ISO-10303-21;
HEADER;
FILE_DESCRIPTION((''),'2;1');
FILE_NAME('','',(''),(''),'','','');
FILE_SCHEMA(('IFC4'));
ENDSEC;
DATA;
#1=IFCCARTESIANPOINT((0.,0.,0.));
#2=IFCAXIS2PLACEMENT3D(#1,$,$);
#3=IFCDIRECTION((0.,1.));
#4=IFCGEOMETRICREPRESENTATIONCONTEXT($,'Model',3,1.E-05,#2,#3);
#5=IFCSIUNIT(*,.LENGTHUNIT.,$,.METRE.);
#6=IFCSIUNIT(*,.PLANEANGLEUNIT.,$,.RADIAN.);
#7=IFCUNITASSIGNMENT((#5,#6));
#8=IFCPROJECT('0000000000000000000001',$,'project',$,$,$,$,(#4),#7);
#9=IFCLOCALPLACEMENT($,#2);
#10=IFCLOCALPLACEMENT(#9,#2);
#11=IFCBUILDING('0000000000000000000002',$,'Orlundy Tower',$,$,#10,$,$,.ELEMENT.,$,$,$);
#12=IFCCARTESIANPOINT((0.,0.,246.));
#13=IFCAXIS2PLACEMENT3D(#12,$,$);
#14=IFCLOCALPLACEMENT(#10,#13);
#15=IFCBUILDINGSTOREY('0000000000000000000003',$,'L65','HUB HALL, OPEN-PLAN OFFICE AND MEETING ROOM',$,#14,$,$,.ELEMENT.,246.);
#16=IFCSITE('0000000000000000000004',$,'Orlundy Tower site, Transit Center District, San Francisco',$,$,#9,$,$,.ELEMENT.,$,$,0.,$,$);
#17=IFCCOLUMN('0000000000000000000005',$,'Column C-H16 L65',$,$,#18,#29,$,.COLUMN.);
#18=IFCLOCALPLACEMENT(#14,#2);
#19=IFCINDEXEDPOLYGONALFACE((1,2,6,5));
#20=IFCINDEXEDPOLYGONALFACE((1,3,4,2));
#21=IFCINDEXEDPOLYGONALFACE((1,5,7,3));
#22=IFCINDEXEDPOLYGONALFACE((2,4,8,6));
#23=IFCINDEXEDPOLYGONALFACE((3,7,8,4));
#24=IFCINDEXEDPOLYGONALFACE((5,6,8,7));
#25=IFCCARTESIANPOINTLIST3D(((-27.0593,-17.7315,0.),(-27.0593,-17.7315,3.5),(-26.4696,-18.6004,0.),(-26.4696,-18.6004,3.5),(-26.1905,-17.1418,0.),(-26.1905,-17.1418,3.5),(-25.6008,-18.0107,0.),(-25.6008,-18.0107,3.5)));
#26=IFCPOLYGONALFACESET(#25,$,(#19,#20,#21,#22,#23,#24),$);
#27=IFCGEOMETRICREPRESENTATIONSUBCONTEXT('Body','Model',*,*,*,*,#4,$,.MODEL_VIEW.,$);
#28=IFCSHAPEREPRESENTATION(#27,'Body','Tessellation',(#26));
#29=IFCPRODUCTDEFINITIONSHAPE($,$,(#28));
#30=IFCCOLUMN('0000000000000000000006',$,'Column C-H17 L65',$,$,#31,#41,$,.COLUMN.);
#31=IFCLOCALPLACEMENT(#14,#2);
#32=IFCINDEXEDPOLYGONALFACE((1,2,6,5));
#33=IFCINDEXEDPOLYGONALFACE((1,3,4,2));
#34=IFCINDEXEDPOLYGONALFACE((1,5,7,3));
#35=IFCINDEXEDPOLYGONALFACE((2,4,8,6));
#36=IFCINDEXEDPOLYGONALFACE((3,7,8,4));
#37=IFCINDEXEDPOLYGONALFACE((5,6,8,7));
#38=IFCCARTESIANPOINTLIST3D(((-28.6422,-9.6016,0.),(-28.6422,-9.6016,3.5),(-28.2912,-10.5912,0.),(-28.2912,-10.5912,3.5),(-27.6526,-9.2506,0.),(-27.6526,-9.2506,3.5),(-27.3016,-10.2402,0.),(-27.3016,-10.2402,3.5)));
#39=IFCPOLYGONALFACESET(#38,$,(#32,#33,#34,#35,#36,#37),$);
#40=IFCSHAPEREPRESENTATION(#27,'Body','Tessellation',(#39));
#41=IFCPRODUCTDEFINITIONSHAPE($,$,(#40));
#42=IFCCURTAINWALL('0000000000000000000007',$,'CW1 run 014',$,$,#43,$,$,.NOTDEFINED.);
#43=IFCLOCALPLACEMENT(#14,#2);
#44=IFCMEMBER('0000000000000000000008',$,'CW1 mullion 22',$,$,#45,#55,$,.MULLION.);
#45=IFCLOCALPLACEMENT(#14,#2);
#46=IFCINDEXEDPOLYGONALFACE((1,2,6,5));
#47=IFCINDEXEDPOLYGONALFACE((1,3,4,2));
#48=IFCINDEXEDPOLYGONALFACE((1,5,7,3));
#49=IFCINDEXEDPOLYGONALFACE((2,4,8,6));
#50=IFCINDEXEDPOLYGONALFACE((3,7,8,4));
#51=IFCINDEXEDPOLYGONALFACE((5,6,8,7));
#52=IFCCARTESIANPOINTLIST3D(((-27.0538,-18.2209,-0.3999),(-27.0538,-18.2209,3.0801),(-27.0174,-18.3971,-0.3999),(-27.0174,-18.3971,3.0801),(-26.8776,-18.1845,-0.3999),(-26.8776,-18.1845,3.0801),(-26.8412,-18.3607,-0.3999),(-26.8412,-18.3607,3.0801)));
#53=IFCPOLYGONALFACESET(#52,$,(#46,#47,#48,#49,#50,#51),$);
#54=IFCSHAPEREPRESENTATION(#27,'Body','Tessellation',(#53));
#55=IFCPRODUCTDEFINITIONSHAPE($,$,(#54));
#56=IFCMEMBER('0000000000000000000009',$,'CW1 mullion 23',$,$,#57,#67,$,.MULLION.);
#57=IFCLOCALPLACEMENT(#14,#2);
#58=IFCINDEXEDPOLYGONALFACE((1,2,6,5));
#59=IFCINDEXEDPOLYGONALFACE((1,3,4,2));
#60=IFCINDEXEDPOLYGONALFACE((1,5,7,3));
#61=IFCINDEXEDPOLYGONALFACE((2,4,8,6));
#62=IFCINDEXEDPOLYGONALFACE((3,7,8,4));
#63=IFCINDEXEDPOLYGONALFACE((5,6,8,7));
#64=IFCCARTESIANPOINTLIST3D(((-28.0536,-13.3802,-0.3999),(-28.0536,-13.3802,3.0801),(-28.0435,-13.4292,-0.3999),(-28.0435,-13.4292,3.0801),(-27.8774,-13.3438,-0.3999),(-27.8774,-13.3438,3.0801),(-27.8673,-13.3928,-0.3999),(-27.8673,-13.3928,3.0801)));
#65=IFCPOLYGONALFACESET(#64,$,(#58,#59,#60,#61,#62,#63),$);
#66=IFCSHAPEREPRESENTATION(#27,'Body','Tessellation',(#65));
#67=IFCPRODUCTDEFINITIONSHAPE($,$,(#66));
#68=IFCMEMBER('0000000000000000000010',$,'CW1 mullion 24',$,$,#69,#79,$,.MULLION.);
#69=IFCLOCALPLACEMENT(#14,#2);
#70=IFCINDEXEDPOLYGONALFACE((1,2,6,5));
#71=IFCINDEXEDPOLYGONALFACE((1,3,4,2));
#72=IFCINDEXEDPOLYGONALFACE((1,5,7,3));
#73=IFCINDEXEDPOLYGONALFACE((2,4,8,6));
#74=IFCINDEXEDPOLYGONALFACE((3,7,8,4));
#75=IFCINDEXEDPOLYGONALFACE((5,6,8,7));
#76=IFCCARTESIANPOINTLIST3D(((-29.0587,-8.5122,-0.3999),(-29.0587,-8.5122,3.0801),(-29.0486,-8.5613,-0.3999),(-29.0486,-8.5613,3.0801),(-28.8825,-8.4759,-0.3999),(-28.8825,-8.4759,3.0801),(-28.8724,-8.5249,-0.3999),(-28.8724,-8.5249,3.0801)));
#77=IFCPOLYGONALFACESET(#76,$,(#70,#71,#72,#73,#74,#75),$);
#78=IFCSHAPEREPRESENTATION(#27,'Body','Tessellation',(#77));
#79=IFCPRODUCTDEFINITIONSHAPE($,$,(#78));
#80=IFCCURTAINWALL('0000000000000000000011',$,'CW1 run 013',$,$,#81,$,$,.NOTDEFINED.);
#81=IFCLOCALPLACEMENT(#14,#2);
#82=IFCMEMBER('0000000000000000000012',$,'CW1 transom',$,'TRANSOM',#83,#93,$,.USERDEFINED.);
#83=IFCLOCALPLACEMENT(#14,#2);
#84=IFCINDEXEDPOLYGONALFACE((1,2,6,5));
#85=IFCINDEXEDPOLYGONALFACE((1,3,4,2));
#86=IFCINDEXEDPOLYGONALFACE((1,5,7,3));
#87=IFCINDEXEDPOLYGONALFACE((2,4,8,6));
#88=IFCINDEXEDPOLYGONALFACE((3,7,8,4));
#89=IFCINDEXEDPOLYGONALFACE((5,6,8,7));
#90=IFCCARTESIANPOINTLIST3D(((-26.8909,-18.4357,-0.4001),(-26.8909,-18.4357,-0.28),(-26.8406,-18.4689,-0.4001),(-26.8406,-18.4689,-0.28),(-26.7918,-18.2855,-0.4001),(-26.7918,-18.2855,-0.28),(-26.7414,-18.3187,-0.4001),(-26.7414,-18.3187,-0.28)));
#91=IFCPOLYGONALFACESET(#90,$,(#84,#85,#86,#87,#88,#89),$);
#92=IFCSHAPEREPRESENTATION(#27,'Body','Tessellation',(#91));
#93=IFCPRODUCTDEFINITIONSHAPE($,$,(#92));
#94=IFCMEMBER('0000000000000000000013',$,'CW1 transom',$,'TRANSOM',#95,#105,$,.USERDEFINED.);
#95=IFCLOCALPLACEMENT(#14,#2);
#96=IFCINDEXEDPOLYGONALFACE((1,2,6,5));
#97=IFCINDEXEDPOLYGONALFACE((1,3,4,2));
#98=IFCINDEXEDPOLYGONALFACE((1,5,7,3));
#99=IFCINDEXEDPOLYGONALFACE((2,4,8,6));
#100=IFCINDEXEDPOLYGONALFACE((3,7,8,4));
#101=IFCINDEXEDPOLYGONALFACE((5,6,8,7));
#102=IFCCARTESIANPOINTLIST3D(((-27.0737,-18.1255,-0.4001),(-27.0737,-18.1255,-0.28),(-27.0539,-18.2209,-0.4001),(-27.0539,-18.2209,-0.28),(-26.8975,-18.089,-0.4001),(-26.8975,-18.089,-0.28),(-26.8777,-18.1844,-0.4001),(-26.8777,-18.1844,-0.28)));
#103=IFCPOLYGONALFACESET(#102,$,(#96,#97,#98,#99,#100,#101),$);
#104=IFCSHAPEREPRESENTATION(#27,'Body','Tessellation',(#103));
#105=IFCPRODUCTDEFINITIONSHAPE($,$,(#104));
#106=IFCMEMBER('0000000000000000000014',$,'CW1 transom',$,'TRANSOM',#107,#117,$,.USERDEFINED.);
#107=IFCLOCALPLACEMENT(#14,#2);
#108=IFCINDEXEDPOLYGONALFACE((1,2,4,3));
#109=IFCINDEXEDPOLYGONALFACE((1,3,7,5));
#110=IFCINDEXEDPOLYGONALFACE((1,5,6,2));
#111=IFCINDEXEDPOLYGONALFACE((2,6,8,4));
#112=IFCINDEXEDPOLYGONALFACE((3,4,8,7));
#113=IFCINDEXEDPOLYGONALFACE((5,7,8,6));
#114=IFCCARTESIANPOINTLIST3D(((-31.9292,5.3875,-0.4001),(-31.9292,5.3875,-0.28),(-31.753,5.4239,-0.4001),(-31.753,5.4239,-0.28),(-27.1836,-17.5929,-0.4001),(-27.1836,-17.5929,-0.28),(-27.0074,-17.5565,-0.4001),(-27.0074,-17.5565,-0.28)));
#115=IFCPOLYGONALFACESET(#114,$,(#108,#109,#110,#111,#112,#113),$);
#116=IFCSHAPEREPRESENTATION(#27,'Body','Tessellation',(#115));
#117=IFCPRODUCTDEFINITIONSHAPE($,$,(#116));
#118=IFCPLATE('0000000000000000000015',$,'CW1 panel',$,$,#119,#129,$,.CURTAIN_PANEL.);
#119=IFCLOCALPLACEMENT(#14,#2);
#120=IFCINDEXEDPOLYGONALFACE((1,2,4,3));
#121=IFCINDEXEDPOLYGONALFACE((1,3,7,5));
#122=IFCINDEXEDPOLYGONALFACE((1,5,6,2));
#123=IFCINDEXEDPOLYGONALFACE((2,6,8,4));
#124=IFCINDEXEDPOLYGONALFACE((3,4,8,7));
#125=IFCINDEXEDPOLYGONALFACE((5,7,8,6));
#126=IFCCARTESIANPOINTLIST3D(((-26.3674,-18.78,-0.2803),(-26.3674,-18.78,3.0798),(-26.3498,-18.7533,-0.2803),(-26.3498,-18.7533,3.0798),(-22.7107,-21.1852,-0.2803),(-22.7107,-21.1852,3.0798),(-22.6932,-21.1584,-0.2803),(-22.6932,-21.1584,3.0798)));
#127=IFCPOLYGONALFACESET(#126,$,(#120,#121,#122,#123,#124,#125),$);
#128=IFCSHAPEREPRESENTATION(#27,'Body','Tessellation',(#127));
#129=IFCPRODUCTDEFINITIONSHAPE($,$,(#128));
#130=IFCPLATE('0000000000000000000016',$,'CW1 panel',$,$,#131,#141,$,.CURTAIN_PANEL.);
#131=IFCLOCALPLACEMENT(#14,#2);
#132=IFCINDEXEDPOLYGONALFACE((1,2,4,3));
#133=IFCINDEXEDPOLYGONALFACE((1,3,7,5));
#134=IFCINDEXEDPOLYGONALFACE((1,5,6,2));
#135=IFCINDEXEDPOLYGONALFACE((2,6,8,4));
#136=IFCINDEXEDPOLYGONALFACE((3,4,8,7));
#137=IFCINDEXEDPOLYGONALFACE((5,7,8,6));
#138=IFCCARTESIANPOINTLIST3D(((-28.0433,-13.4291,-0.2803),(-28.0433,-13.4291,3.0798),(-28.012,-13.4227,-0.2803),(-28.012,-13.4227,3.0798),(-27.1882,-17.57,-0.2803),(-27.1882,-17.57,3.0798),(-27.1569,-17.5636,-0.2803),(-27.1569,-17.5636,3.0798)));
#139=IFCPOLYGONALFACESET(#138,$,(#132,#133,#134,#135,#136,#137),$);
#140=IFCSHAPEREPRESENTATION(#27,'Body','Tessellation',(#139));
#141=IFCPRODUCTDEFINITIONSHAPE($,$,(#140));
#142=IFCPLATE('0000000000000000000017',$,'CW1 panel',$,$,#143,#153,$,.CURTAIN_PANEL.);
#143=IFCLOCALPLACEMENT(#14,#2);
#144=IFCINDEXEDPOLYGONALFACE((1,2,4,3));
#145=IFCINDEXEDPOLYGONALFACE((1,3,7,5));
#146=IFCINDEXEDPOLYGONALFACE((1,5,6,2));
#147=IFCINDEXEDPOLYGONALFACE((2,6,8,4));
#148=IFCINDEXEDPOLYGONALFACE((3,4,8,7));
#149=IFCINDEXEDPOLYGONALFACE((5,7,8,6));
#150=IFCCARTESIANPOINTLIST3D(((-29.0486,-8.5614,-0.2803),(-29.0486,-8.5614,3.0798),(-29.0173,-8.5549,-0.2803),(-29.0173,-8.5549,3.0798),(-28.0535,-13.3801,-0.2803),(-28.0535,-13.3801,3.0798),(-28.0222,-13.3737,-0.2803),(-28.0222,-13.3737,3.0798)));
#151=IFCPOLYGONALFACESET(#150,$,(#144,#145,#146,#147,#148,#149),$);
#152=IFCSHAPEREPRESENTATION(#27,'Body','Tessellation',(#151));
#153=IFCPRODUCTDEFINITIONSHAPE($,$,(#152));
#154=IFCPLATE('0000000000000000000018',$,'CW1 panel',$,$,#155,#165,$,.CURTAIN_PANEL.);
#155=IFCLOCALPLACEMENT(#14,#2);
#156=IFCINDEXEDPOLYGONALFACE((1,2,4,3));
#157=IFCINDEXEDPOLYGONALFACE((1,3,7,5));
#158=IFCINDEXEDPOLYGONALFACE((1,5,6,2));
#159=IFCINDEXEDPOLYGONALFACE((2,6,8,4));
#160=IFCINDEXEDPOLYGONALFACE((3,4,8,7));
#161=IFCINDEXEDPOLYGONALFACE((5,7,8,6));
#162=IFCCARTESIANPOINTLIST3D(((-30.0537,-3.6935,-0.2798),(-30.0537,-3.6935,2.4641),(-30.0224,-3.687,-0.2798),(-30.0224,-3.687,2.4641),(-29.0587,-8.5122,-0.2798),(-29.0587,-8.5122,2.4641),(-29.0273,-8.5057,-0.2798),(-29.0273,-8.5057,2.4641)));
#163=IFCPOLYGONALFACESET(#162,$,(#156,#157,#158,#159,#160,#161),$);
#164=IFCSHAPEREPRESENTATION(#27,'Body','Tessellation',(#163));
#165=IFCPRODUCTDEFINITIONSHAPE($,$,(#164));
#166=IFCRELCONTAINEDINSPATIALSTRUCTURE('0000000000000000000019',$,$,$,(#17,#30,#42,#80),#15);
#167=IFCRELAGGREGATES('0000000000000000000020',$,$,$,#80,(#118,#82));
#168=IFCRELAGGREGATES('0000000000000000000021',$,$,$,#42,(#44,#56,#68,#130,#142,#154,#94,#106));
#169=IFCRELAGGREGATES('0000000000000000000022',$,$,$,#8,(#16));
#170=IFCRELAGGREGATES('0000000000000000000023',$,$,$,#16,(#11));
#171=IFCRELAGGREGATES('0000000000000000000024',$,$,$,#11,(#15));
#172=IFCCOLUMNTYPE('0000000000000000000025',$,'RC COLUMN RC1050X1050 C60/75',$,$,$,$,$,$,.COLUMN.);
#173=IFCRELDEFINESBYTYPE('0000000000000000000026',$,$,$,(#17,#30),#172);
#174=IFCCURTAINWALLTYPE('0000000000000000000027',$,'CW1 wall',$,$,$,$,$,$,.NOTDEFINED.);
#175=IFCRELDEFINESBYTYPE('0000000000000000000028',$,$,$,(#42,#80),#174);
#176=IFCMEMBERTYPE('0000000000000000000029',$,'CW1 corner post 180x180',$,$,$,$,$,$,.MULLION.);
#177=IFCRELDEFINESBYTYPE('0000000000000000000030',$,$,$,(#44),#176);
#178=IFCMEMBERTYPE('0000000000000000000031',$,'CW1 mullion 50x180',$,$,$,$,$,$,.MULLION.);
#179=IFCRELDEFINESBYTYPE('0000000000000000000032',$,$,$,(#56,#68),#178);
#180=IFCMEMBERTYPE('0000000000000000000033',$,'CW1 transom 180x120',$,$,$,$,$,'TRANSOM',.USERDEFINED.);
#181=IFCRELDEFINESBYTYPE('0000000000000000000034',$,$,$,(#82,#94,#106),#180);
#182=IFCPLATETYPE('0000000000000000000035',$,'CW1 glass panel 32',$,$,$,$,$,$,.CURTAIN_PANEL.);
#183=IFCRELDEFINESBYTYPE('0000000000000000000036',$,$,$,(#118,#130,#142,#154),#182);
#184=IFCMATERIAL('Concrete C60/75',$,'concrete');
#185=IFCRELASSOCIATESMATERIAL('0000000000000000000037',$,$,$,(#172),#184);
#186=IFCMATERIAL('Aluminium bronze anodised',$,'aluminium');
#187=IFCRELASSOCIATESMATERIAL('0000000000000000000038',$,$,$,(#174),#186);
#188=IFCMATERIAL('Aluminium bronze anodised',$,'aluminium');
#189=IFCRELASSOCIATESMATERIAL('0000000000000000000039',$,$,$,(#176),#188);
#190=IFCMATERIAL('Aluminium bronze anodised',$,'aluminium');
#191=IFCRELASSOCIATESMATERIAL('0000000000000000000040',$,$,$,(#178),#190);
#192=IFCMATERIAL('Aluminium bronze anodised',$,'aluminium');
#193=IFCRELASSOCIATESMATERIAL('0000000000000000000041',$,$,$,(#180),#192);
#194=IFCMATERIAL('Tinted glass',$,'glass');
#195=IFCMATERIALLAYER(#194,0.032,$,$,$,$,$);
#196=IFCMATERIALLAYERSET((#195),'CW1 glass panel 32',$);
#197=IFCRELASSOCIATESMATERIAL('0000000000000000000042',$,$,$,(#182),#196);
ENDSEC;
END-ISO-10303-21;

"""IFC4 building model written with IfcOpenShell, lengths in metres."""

from ifc_helpers import new_model, si_unit, direction, frame, origin, origin_2d, place, context, subcontext, project, spatial, rectangle, extrude, material, layer, layer_set, material_profile, profile_set, type_object, element, aggregate, save


model = new_model("IFC4")

# Units and contexts
model_context = context("Model", 3, precision=1e-05, world=origin(), true_north=direction((0.0, 1.0)))
body_context = subcontext(model_context, "Body", "Model", "MODEL_VIEW")
ifc_project = project(units=[si_unit("LENGTHUNIT", "METRE"), si_unit("PLANEANGLEUNIT", "RADIAN")], contexts=[model_context])

# Site, building, storey
site_placement = place(None, origin())
site = spatial("IfcSite", under=ifc_project, at=site_placement, Name="Orlundy Tower site, Transit Center District, San Francisco", CompositionType="ELEMENT", RefElevation=0.0)
building_placement = place(site_placement, origin())
building = spatial("IfcBuilding", under=site, at=building_placement, Name="Orlundy Tower", CompositionType="ELEMENT")
storey_placement = place(building_placement, frame((0.0, 0.0, 246.0)))
storey = spatial("IfcBuildingStorey", under=building, at=storey_placement, Name="L65", Description="HUB HALL, OPEN-PLAN OFFICE AND MEETING ROOM", CompositionType="ELEMENT", Elevation=246.0)

# Columns
ifc_material_1 = material(Name="Concrete C60/75", Category="concrete")
ifc_material_profile_1 = material_profile(ifc_material_1, rectangle(XDim=1.05, YDim=1.05, at=origin_2d()), Name="RC1050X1050")
ifc_profile_set_1 = profile_set([ifc_material_profile_1], Name="Concrete C60/75")
column_type = type_object("IfcColumnType", Name="RC COLUMN RC1050X1050 C60/75", PredefinedType="COLUMN", material=ifc_profile_set_1)
for number, where, z_axis, x_axis, name in (
    (1, (-26.3301, -17.8711, 0.0), (0.0, 0.0, 1.0), (-0.827414, -0.561592, 0.0), "Column C-H16 L65"),
    (2, (-27.9719, -9.9209, 0.0), (0.0, 0.0, 1.0), (-0.942478, -0.334267, 0.0), "Column C-H17 L65"),
):
    element("IfcColumn", number, at=place(storey_placement, frame(where, z_axis=z_axis, x_axis=x_axis)), inside=storey, type_object=column_type, Name=name, PredefinedType="COLUMN", context=body_context, shape_type="SweptSolid", body=[
        extrude(rectangle(XDim=1.05, YDim=1.05, at=origin_2d()), origin(), (0.0, 0.0, 1.0), 3.5),
    ])

# Curtain wall, members
ifc_material_2 = material(Name="Aluminium bronze anodised", Category="aluminium")
curtain_wall_type = type_object("IfcCurtainWallType", Name="CW1 wall", PredefinedType="NOTDEFINED", material=ifc_material_2)
curtain_wall_1_placement = place(storey_placement, origin())
curtain_wall_1 = element("IfcCurtainWall", 3, at=curtain_wall_1_placement, inside=storey, type_object=curtain_wall_type, Name="CW1 run 014", PredefinedType="NOTDEFINED")
ifc_material_3 = material(Name="Aluminium bronze anodised", Category="aluminium")
ifc_material_profile_2 = material_profile(ifc_material_3, rectangle(XDim=0.1799, YDim=0.1799, at=origin_2d()), Name="CW1 corner post 180x180")
ifc_profile_set_2 = profile_set([ifc_material_profile_2], Name="Aluminium bronze anodised")
member_type_1 = type_object("IfcMemberType", Name="CW1 corner post 180x180", PredefinedType="MULLION", material=ifc_profile_set_2)
member_1_placement = place(storey_placement, frame((-26.9475, -18.2908, -0.3999), z_axis=(0.0, 0.0, 1.0), x_axis=(-0.979337, -0.202233, 0.0)))
member_1 = element("IfcMember", 4, at=member_1_placement, type_object=member_type_1, Name="CW1 mullion 22", PredefinedType="MULLION", context=body_context, shape_type="SweptSolid", body=[
    extrude(rectangle(XDim=0.1799, YDim=0.1799, at=origin_2d()), origin(), (0.0, 0.0, 1.0), 3.48),
])
ifc_material_4 = material(Name="Aluminium bronze anodised", Category="aluminium")
ifc_material_profile_3 = material_profile(ifc_material_4, rectangle(XDim=0.1799, YDim=0.05, at=origin_2d()), Name="CW1 mullion 50x180")
ifc_profile_set_3 = profile_set([ifc_material_profile_3], Name="Aluminium bronze anodised")
member_type_2 = type_object("IfcMemberType", Name="CW1 mullion 50x180", PredefinedType="MULLION", material=ifc_profile_set_3)
member_2_placement = place(storey_placement, frame((-27.9604, -13.3865, -0.3999), z_axis=(0.0, 0.0, 1.0), x_axis=(-0.979337, -0.202233, 0.0)))
member_2 = element("IfcMember", 5, at=member_2_placement, type_object=member_type_2, Name="CW1 mullion 23", PredefinedType="MULLION", context=body_context, shape_type="SweptSolid", body=[
    extrude(rectangle(XDim=0.1799, YDim=0.05, at=origin_2d()), origin(), (0.0, 0.0, 1.0), 3.48),
])
member_3_placement = place(storey_placement, frame((-28.9656, -8.5186, -0.3999), z_axis=(0.0, 0.0, 1.0), x_axis=(-0.979337, -0.202233, 0.0)))
member_3 = element("IfcMember", 6, at=member_3_placement, type_object=member_type_2, Name="CW1 mullion 24", PredefinedType="MULLION", context=body_context, shape_type="SweptSolid", body=[
    extrude(rectangle(XDim=0.1799, YDim=0.05, at=origin_2d()), origin(), (0.0, 0.0, 1.0), 3.48),
])

# Curtain wall, member
curtain_wall_2_placement = place(storey_placement, origin())
curtain_wall_2 = element("IfcCurtainWall", 7, at=curtain_wall_2_placement, inside=storey, type_object=curtain_wall_type, Name="CW1 run 013", PredefinedType="NOTDEFINED")
ifc_material_5 = material(Name="Aluminium bronze anodised", Category="aluminium")
ifc_material_profile_4 = material_profile(ifc_material_5, rectangle(XDim=0.1799, YDim=0.1201, at=origin_2d()), Name="CW1 transom 180x120")
ifc_profile_set_4 = profile_set([ifc_material_profile_4], Name="Aluminium bronze anodised")
member_type_3 = type_object("IfcMemberType", Name="CW1 transom 180x120", ElementType="TRANSOM", PredefinedType="USERDEFINED", material=ifc_profile_set_4)
member_4_placement = place(storey_placement, frame((-26.791, -18.3938, -0.3401), z_axis=(-0.834535, 0.550955, 0.0), x_axis=(-0.550955, -0.834535, 0.0)))
member_4 = element("IfcMember", 8, at=member_4_placement, type_object=member_type_3, Name="CW1 transom", ObjectType="TRANSOM", PredefinedType="USERDEFINED", context=body_context, shape_type="SweptSolid", body=[
    extrude(rectangle(XDim=0.1799, YDim=0.1201, at=origin_2d()), origin(), (0.0, 0.0, 1.0), 0.0603),
])

# Members
member_5_placement = place(storey_placement, frame((-26.9658, -18.2026, -0.3401), z_axis=(-0.202854, 0.979209, 0.0), x_axis=(-0.979209, -0.202854, 0.0)))
member_5 = element("IfcMember", 9, at=member_5_placement, type_object=member_type_3, Name="CW1 transom", ObjectType="TRANSOM", PredefinedType="USERDEFINED", context=body_context, shape_type="SweptSolid", body=[
    extrude(rectangle(XDim=0.1799, YDim=0.1201, at=origin_2d()), origin(), (0.0, 0.0, 1.0), 0.0974),
])
member_6_placement = place(storey_placement, frame((-27.0955, -17.5747, -0.3401), z_axis=(-0.202239, 0.979336, 0.0), x_axis=(-0.979336, -0.202239, 0.0)))
member_6 = element("IfcMember", 10, at=member_6_placement, type_object=member_type_3, Name="CW1 transom", ObjectType="TRANSOM", PredefinedType="USERDEFINED", context=body_context, shape_type="SweptSolid", body=[
    extrude(rectangle(XDim=0.1799, YDim=0.1201, at=origin_2d()), origin(), (0.0, 0.0, 1.0), 23.4653),
])

# Plates
ifc_material_6 = material(Name="Tinted glass", Category="glass")
ifc_layer_1 = layer(ifc_material_6, 0.032)
ifc_layer_set_1 = layer_set([ifc_layer_1], Name="CW1 glass panel 32")
plate_type = type_object("IfcPlateType", Name="CW1 glass panel 32", PredefinedType="CURTAIN_PANEL", material=ifc_layer_set_1)
plate_1_placement = place(storey_placement, frame((-24.5303, -19.9692, -0.2803), z_axis=(0.0, 0.0, 1.0), x_axis=(-0.835476, 0.549527, 0.0)))
plate_1 = element("IfcPlate", 11, at=plate_1_placement, type_object=plate_type, Name="CW1 panel", PredefinedType="CURTAIN_PANEL", context=body_context, shape_type="SweptSolid", body=[
    extrude(rectangle(XDim=4.3767, YDim=0.032, at=origin_2d()), origin(), (0.0, 0.0, 1.0), 3.3601),
])
aggregate(curtain_wall_2, [plate_1, member_4])
plate_2_placement = place(storey_placement, frame((-27.6001, -15.4963, -0.2803), z_axis=(0.0, 0.0, 1.0), x_axis=(-0.202233, 0.979337, 0.0)))
plate_2 = element("IfcPlate", 12, at=plate_2_placement, type_object=plate_type, Name="CW1 panel", PredefinedType="CURTAIN_PANEL", context=body_context, shape_type="SweptSolid", body=[
    extrude(rectangle(XDim=4.2283, YDim=0.032, at=origin_2d()), origin(), (0.0, 0.0, 1.0), 3.3601),
])
plate_3_placement = place(storey_placement, frame((-28.5354, -10.9675, -0.2803), z_axis=(0.0, 0.0, 1.0), x_axis=(-0.202233, 0.979337, 0.0)))
plate_3 = element("IfcPlate", 13, at=plate_3_placement, type_object=plate_type, Name="CW1 panel", PredefinedType="CURTAIN_PANEL", context=body_context, shape_type="SweptSolid", body=[
    extrude(rectangle(XDim=4.9204, YDim=0.032, at=origin_2d()), origin(), (0.0, 0.0, 1.0), 3.3601),
])
plate_4_placement = place(storey_placement, frame((-29.5405, -6.0996, -0.2798), z_axis=(0.0, 0.0, 1.0), x_axis=(-0.202233, 0.979337, 0.0)))
plate_4 = element("IfcPlate", 14, at=plate_4_placement, type_object=plate_type, Name="CW1 panel", PredefinedType="CURTAIN_PANEL", context=body_context, shape_type="SweptSolid", body=[
    extrude(rectangle(XDim=4.9204, YDim=0.032, at=origin_2d()), origin(), (0.0, 0.0, 1.0), 2.7439),
])
aggregate(curtain_wall_1, [member_1, member_2, member_3, plate_2, plate_3, plate_4, member_5, member_6])

save(model, "model.ifc")
